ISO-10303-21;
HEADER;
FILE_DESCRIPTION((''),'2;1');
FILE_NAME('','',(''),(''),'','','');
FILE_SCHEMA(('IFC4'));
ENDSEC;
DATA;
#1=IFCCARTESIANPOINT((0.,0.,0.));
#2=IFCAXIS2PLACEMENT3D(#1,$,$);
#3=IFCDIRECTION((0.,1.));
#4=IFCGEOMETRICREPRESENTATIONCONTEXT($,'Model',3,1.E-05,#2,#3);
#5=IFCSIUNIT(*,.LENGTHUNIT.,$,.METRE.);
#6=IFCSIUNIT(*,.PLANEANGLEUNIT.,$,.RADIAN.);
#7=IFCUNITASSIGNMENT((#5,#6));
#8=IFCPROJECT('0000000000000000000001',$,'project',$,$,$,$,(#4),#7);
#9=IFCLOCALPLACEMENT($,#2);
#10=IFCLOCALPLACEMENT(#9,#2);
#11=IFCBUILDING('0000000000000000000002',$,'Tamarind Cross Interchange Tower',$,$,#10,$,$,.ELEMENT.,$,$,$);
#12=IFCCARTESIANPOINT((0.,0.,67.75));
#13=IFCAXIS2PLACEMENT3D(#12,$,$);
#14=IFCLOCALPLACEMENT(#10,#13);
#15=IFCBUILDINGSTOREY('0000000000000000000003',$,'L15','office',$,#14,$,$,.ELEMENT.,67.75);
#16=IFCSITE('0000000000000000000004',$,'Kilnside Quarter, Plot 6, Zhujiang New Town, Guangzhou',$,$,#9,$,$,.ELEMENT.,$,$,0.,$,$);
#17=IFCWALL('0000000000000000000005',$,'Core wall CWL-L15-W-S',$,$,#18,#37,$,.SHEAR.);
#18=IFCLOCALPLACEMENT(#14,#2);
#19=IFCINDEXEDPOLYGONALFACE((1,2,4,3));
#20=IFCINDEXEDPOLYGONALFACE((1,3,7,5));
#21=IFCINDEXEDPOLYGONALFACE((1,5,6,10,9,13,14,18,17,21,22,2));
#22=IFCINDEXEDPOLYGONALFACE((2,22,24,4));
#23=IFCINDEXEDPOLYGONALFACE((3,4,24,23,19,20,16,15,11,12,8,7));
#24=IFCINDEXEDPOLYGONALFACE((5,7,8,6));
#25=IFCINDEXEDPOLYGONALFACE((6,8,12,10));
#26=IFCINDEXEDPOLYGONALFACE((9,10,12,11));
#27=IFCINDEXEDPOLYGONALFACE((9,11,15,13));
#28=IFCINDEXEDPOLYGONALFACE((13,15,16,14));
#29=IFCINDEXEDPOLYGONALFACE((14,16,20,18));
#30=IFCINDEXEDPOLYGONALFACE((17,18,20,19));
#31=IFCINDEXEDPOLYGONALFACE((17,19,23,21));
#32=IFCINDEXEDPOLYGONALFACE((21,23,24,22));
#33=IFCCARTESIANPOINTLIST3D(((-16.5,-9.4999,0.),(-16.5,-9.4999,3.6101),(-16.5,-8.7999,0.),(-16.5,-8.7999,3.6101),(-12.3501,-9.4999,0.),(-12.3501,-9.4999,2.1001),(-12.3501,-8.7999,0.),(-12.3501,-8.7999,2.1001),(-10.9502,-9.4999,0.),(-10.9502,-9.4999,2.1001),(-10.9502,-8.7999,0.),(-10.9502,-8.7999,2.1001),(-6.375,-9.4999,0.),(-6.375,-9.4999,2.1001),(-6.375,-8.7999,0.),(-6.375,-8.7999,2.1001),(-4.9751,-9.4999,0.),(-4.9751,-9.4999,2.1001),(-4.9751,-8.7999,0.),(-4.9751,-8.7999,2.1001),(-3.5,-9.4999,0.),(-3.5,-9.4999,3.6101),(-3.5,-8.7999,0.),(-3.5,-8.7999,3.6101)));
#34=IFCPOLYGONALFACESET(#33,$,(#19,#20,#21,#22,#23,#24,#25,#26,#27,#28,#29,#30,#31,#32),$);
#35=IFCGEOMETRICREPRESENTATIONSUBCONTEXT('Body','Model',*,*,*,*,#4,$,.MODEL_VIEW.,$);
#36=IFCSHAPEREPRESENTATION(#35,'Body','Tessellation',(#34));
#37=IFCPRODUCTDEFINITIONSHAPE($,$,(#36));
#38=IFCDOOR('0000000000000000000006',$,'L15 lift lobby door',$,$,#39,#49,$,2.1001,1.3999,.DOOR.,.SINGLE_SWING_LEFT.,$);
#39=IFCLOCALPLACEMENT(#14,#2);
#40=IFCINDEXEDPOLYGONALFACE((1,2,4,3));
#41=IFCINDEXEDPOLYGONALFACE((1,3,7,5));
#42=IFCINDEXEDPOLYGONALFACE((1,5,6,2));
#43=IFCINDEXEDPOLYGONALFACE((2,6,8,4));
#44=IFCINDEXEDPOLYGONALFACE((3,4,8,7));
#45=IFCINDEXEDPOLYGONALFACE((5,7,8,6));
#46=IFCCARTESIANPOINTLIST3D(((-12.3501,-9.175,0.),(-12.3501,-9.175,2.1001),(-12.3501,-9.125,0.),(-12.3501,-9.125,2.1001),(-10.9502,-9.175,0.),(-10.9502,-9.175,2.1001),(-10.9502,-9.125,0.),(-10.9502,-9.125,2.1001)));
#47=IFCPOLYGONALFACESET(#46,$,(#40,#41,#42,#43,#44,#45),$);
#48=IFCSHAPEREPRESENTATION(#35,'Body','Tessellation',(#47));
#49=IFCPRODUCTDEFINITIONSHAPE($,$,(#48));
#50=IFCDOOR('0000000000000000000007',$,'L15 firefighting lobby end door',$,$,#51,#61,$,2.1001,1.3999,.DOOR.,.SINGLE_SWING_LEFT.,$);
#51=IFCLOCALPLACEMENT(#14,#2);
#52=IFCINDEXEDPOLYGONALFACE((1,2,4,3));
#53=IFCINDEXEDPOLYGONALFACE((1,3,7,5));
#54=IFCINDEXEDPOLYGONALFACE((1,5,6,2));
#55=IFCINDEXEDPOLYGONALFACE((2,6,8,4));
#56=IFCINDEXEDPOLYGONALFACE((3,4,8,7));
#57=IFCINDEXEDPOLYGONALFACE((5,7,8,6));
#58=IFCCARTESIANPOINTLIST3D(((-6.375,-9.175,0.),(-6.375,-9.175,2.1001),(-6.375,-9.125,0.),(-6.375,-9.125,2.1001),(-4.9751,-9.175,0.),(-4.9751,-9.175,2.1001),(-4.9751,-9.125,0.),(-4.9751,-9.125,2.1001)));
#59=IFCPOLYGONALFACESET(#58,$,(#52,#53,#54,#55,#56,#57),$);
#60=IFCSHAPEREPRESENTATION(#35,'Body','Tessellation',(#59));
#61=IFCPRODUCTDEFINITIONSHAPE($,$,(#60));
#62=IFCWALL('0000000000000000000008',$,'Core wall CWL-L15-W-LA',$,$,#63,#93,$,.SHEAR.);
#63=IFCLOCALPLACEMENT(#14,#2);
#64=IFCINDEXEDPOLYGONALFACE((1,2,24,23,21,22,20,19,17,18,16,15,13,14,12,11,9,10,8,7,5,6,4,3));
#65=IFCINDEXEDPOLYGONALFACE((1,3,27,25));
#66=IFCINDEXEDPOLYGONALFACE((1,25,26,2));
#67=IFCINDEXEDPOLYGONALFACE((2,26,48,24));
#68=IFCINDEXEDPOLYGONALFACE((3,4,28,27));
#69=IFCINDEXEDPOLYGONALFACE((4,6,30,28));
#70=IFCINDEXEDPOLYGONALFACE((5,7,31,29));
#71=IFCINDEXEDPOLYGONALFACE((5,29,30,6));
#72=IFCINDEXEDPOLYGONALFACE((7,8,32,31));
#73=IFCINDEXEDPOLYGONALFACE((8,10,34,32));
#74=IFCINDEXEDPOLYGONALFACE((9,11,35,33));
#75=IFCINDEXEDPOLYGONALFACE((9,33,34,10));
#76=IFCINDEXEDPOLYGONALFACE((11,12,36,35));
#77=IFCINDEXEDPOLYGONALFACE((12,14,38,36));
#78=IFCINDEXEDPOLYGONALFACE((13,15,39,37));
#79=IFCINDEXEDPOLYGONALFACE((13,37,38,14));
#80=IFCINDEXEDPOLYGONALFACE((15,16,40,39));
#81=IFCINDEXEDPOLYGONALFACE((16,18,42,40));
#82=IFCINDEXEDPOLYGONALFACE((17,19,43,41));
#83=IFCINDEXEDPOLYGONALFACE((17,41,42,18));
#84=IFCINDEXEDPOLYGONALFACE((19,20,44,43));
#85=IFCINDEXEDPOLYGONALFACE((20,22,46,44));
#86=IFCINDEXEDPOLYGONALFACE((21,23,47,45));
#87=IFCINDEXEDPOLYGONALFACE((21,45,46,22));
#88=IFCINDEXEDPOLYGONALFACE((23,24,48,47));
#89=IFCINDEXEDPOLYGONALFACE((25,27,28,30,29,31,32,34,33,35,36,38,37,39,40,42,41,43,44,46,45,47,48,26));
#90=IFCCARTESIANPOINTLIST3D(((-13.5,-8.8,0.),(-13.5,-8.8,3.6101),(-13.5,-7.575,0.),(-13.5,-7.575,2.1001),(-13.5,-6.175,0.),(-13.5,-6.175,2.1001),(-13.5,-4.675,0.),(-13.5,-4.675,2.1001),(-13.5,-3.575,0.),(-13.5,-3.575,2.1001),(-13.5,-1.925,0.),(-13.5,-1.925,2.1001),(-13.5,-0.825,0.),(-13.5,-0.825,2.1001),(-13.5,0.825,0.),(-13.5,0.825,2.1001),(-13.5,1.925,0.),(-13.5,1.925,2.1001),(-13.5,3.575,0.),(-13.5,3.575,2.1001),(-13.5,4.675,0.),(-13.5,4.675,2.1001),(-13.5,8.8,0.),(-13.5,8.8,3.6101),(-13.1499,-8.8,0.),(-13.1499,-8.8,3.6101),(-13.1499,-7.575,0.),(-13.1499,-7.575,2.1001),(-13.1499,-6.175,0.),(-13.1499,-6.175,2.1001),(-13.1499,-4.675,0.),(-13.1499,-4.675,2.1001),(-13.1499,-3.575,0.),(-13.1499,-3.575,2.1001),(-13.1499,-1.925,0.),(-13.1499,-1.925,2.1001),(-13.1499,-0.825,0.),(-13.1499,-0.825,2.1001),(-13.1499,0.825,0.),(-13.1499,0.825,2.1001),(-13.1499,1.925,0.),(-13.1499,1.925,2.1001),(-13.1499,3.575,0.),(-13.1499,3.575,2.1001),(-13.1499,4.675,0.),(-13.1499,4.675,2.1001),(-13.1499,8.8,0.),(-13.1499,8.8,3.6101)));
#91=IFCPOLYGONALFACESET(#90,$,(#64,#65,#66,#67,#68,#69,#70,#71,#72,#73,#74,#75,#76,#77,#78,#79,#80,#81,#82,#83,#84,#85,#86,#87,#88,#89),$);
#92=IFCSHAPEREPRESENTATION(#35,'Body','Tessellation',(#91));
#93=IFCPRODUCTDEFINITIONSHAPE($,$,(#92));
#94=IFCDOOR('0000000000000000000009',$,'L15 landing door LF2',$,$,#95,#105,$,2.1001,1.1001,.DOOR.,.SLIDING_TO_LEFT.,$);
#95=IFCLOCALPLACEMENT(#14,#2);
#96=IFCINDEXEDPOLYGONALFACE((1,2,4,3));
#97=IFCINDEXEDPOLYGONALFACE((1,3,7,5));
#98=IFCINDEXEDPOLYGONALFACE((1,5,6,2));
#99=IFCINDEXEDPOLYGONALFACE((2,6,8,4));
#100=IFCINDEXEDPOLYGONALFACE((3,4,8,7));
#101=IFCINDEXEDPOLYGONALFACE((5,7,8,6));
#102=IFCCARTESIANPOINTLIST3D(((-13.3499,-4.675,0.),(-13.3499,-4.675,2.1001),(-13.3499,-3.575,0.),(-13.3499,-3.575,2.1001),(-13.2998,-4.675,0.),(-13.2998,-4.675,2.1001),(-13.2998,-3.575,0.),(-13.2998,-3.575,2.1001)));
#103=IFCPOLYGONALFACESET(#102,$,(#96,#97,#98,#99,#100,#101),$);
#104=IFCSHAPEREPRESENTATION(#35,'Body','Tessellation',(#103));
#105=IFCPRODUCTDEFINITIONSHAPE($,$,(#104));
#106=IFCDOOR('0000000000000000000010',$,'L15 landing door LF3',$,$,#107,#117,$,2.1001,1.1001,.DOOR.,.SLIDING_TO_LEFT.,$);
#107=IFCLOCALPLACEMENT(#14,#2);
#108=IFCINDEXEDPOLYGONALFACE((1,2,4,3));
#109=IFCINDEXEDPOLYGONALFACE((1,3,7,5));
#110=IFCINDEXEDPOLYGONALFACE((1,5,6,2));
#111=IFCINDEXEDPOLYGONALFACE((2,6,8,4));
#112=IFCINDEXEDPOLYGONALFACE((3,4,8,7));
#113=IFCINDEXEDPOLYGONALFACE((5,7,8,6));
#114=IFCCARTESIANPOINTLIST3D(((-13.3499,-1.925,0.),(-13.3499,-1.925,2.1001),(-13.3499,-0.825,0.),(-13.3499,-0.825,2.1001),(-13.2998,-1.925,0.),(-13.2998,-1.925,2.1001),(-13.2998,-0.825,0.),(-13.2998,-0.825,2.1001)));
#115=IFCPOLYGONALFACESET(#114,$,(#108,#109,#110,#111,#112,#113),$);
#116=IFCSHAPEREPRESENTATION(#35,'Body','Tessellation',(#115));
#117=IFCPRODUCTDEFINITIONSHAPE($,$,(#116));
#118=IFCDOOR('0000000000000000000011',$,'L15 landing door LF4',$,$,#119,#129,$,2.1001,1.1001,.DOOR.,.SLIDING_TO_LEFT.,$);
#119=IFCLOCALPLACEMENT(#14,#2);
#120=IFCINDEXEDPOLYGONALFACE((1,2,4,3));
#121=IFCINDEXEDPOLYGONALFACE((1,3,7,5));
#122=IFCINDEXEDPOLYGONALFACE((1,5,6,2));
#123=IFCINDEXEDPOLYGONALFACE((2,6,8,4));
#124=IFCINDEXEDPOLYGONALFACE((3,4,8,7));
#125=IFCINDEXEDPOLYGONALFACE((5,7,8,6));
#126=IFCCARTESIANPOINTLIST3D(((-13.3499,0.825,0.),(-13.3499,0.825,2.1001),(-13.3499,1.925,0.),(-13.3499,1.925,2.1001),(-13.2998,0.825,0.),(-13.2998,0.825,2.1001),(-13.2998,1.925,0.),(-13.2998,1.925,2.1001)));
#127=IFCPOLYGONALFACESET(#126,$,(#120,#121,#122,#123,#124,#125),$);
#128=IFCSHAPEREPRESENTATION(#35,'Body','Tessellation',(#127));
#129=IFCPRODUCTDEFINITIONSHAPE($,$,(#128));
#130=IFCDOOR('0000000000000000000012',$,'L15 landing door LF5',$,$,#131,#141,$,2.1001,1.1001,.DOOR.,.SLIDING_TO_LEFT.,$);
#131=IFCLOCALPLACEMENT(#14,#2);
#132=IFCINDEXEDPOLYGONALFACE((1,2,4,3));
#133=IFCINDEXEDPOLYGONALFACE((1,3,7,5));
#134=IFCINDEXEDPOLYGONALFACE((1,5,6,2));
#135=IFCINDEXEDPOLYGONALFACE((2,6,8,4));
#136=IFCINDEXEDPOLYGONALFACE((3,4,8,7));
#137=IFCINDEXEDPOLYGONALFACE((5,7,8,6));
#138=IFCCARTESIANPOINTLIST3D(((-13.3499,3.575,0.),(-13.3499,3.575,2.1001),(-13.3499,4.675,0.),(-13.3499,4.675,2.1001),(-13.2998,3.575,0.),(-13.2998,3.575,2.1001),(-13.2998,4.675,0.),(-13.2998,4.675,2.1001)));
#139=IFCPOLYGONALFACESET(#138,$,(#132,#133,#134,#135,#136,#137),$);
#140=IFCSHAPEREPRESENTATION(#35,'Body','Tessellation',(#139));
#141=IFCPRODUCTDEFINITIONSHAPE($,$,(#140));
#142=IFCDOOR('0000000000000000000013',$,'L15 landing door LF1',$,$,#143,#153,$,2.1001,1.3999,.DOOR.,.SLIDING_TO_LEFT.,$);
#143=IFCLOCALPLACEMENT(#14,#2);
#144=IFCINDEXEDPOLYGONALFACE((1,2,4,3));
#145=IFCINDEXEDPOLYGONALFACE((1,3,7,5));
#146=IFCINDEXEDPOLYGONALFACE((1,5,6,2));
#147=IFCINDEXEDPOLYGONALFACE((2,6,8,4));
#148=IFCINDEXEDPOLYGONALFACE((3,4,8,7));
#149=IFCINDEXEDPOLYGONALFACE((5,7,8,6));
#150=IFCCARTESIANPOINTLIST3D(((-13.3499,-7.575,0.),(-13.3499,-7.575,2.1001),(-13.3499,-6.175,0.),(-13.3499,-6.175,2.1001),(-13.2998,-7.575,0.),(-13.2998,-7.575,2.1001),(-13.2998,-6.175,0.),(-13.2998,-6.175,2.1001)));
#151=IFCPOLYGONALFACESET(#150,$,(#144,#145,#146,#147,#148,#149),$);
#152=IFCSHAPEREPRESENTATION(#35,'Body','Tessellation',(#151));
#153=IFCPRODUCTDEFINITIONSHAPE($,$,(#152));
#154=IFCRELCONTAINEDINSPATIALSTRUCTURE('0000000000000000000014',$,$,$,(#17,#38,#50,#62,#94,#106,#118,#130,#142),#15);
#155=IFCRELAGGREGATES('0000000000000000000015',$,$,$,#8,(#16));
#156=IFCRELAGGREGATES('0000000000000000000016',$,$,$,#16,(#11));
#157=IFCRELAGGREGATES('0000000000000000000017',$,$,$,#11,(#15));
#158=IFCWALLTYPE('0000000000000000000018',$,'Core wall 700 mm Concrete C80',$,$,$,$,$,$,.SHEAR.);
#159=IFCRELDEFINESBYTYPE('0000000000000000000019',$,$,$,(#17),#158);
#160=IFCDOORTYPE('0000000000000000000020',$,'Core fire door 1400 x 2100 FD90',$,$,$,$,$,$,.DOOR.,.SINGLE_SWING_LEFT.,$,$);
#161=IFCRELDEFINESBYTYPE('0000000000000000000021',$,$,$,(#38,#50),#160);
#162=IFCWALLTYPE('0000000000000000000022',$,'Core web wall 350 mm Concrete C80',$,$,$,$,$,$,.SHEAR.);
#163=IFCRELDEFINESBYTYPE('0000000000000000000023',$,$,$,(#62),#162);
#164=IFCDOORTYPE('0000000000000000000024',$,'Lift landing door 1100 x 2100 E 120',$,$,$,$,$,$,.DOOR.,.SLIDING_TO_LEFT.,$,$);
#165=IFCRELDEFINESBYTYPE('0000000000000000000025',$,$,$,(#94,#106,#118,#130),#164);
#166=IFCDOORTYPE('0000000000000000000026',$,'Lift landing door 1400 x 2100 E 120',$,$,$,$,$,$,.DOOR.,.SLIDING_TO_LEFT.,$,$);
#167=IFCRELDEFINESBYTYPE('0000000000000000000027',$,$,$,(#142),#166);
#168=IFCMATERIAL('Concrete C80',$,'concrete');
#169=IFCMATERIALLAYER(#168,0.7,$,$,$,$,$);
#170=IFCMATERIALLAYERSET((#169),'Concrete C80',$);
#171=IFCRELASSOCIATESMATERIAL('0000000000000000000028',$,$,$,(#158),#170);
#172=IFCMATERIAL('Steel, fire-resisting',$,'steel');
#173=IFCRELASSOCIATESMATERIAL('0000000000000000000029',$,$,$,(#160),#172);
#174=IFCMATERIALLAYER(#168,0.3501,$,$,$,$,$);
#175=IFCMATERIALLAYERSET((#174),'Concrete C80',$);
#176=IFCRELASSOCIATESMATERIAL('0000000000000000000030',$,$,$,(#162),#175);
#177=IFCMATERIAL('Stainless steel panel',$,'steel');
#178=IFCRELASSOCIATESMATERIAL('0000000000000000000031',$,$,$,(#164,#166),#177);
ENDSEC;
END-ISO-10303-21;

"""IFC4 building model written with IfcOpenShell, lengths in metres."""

from ifc_helpers import new_model, si_unit, direction, frame, frame_2d, origin, place, context, subcontext, project, spatial, rectangle, extrude, material, layer, layer_set, type_object, element, fill, save


model = new_model("IFC4")

# Units and contexts
model_context = context("Model", 3, precision=1e-05, world=origin(), true_north=direction((0.0, 1.0)))
body_context = subcontext(model_context, "Body", "Model", "MODEL_VIEW")
ifc_project = project(units=[si_unit("LENGTHUNIT", "METRE"), si_unit("PLANEANGLEUNIT", "RADIAN")], contexts=[model_context])

# Site, building, storey
site_placement = place(None, origin())
site = spatial("IfcSite", under=ifc_project, at=site_placement, Name="Kilnside Quarter, Plot 6, Zhujiang New Town, Guangzhou", CompositionType="ELEMENT", RefElevation=0.0)
building_placement = place(site_placement, origin())
building = spatial("IfcBuilding", under=site, at=building_placement, Name="Tamarind Cross Interchange Tower", CompositionType="ELEMENT")
storey_placement = place(building_placement, frame((0.0, 0.0, 67.75)))
storey = spatial("IfcBuildingStorey", under=building, at=storey_placement, Name="L15", Description="office", CompositionType="ELEMENT", Elevation=67.75)

# Walls, openings, doors
ifc_material_1 = material(Name="Concrete C80", Category="concrete")
ifc_layer_1 = layer(ifc_material_1, 0.7)
ifc_layer_set_1 = layer_set([ifc_layer_1], Name="Concrete C80")
wall_type_1 = type_object("IfcWallType", Name="Core wall 700 mm Concrete C80", PredefinedType="SHEAR", material=ifc_layer_set_1)
wall_1_placement = place(storey_placement, frame((-16.5, -9.1499, 0.0), z_axis=(0.0, 0.0, 1.0), x_axis=(1.0, 0.0, 0.0)))
wall_1 = element("IfcWall", 1, at=wall_1_placement, inside=storey, type_object=wall_type_1, Name="Core wall CWL-L15-W-S", PredefinedType="SHEAR", context=body_context, shape_type="SweptSolid", body=[
    extrude(rectangle(XDim=13.0, YDim=0.7, at=frame_2d((6.5, 0.0))), origin(), (0.0, 0.0, 1.0), 3.6101),
])
opening_1_placement = place(wall_1_placement, frame((4.1499, 0.0, 0.0)))
opening_1 = element("IfcOpeningElement", 2, at=opening_1_placement, cuts=wall_1, PredefinedType="OPENING", context=body_context, shape_type="SweptSolid", body=[
    extrude(rectangle(XDim=1.3999, YDim=2.1001, at=frame_2d((0.7, 1.05))), frame((0.0, 0.3599, 0.0), z_axis=(0.0, -1.0, 0.0), x_axis=(1.0, 0.0, 0.0)), (0.0, 0.0, 1.0), 0.72),
])
opening_2_placement = place(wall_1_placement, frame((10.125, 0.0, 0.0)))
opening_2 = element("IfcOpeningElement", 3, at=opening_2_placement, cuts=wall_1, PredefinedType="OPENING", context=body_context, shape_type="SweptSolid", body=[
    extrude(rectangle(XDim=1.3999, YDim=2.1001, at=frame_2d((0.7, 1.05))), frame((0.0, 0.3599, 0.0), z_axis=(0.0, -1.0, 0.0), x_axis=(1.0, 0.0, 0.0)), (0.0, 0.0, 1.0), 0.72),
])
ifc_material_2 = material(Name="Steel, fire-resisting", Category="steel")
door_type_1 = type_object("IfcDoorType", Name="Core fire door 1400 x 2100 FD90", OperationType="SINGLE_SWING_LEFT", PredefinedType="DOOR", material=ifc_material_2)
door_1_placement = place(opening_1_placement, origin())
door_1 = element("IfcDoor", 4, at=door_1_placement, inside=storey, type_object=door_type_1, Name="L15 lift lobby door", OperationType="SINGLE_SWING_LEFT", OverallHeight=2.1001, OverallWidth=1.3999, PredefinedType="DOOR", context=body_context, shape_type="SweptSolid", body=[
    extrude(rectangle(XDim=1.3999, YDim=2.1001, at=frame_2d((0.7, 1.05))), frame((0.0, 0.0249, 0.0), z_axis=(0.0, -1.0, 0.0), x_axis=(1.0, 0.0, 0.0)), (0.0, 0.0, 1.0), 0.05),
])
fill(opening_1, door_1)
door_2_placement = place(opening_2_placement, origin())
door_2 = element("IfcDoor", 5, at=door_2_placement, inside=storey, type_object=door_type_1, Name="L15 firefighting lobby end door", OperationType="SINGLE_SWING_LEFT", OverallHeight=2.1001, OverallWidth=1.3999, PredefinedType="DOOR", context=body_context, shape_type="SweptSolid", body=[
    extrude(rectangle(XDim=1.3999, YDim=2.1001, at=frame_2d((0.7, 1.05))), frame((0.0, 0.0249, 0.0), z_axis=(0.0, -1.0, 0.0), x_axis=(1.0, 0.0, 0.0)), (0.0, 0.0, 1.0), 0.05),
])
fill(opening_2, door_2)
ifc_layer_2 = layer(ifc_material_1, 0.3501)
ifc_layer_set_2 = layer_set([ifc_layer_2], Name="Concrete C80")
wall_type_2 = type_object("IfcWallType", Name="Core web wall 350 mm Concrete C80", PredefinedType="SHEAR", material=ifc_layer_set_2)
wall_2_placement = place(storey_placement, frame((-13.325, -8.8, 0.0), z_axis=(0.0, 0.0, 1.0), x_axis=(0.0, 1.0, 0.0)))
wall_2 = element("IfcWall", 6, at=wall_2_placement, inside=storey, type_object=wall_type_2, Name="Core wall CWL-L15-W-LA", PredefinedType="SHEAR", context=body_context, shape_type="SweptSolid", body=[
    extrude(rectangle(XDim=17.6001, YDim=0.3501, at=frame_2d((8.8, 0.0))), origin(), (0.0, 0.0, 1.0), 3.6101),
])
opening_3_placement = place(wall_2_placement, frame((1.2251, 0.0, 0.0)))
opening_3 = element("IfcOpeningElement", 7, at=opening_3_placement, cuts=wall_2, PredefinedType="OPENING", context=body_context, shape_type="SweptSolid", body=[
    extrude(rectangle(XDim=1.3999, YDim=2.1001, at=frame_2d((0.7, 1.05))), frame((0.0, 0.1851, 0.0), z_axis=(0.0, -1.0, 0.0), x_axis=(1.0, 0.0, 0.0)), (0.0, 0.0, 1.0), 0.3701),
])
opening_4_placement = place(wall_2_placement, frame((4.125, 0.0, 0.0)))
opening_4 = element("IfcOpeningElement", 8, at=opening_4_placement, cuts=wall_2, PredefinedType="OPENING", context=body_context, shape_type="SweptSolid", body=[
    extrude(rectangle(XDim=1.1001, YDim=2.1001, at=frame_2d((0.55, 1.05))), frame((0.0, 0.1851, 0.0), z_axis=(0.0, -1.0, 0.0), x_axis=(1.0, 0.0, 0.0)), (0.0, 0.0, 1.0), 0.3701),
])
opening_5_placement = place(wall_2_placement, frame((6.875, 0.0, 0.0)))
opening_5 = element("IfcOpeningElement", 9, at=opening_5_placement, cuts=wall_2, PredefinedType="OPENING", context=body_context, shape_type="SweptSolid", body=[
    extrude(rectangle(XDim=1.1001, YDim=2.1001, at=frame_2d((0.55, 1.05))), frame((0.0, 0.1851, 0.0), z_axis=(0.0, -1.0, 0.0), x_axis=(1.0, 0.0, 0.0)), (0.0, 0.0, 1.0), 0.3701),
])
opening_6_placement = place(wall_2_placement, frame((9.625, 0.0, 0.0)))
opening_6 = element("IfcOpeningElement", 10, at=opening_6_placement, cuts=wall_2, PredefinedType="OPENING", context=body_context, shape_type="SweptSolid", body=[
    extrude(rectangle(XDim=1.1001, YDim=2.1001, at=frame_2d((0.55, 1.05))), frame((0.0, 0.1851, 0.0), z_axis=(0.0, -1.0, 0.0), x_axis=(1.0, 0.0, 0.0)), (0.0, 0.0, 1.0), 0.3701),
])
opening_7_placement = place(wall_2_placement, frame((12.375, 0.0, 0.0)))
opening_7 = element("IfcOpeningElement", 11, at=opening_7_placement, cuts=wall_2, PredefinedType="OPENING", context=body_context, shape_type="SweptSolid", body=[
    extrude(rectangle(XDim=1.1001, YDim=2.1001, at=frame_2d((0.55, 1.05))), frame((0.0, 0.1851, 0.0), z_axis=(0.0, -1.0, 0.0), x_axis=(1.0, 0.0, 0.0)), (0.0, 0.0, 1.0), 0.3701),
])
ifc_material_3 = material(Name="Stainless steel panel", Category="steel")
door_type_2 = type_object("IfcDoorType", Name="Lift landing door 1100 x 2100 E 120", OperationType="SLIDING_TO_LEFT", PredefinedType="DOOR", material=ifc_material_3)
door_3_placement = place(opening_4_placement, origin())
door_3 = element("IfcDoor", 12, at=door_3_placement, inside=storey, type_object=door_type_2, Name="L15 landing door LF2", OperationType="SLIDING_TO_LEFT", OverallHeight=2.1001, OverallWidth=1.1001, PredefinedType="DOOR", context=body_context, shape_type="SweptSolid", body=[
    extrude(rectangle(XDim=1.1001, YDim=2.1001, at=frame_2d((0.55, 1.05))), frame((0.0, 0.0249, 0.0), z_axis=(0.0, -1.0, 0.0), x_axis=(1.0, 0.0, 0.0)), (0.0, 0.0, 1.0), 0.05),
])
fill(opening_4, door_3)
door_4_placement = place(opening_5_placement, origin())
door_4 = element("IfcDoor", 13, at=door_4_placement, inside=storey, type_object=door_type_2, Name="L15 landing door LF3", OperationType="SLIDING_TO_LEFT", OverallHeight=2.1001, OverallWidth=1.1001, PredefinedType="DOOR", context=body_context, shape_type="SweptSolid", body=[
    extrude(rectangle(XDim=1.1001, YDim=2.1001, at=frame_2d((0.55, 1.05))), frame((0.0, 0.0249, 0.0), z_axis=(0.0, -1.0, 0.0), x_axis=(1.0, 0.0, 0.0)), (0.0, 0.0, 1.0), 0.05),
])
fill(opening_5, door_4)
door_5_placement = place(opening_6_placement, origin())
door_5 = element("IfcDoor", 14, at=door_5_placement, inside=storey, type_object=door_type_2, Name="L15 landing door LF4", OperationType="SLIDING_TO_LEFT", OverallHeight=2.1001, OverallWidth=1.1001, PredefinedType="DOOR", context=body_context, shape_type="SweptSolid", body=[
    extrude(rectangle(XDim=1.1001, YDim=2.1001, at=frame_2d((0.55, 1.05))), frame((0.0, 0.0249, 0.0), z_axis=(0.0, -1.0, 0.0), x_axis=(1.0, 0.0, 0.0)), (0.0, 0.0, 1.0), 0.05),
])
fill(opening_6, door_5)
door_6_placement = place(opening_7_placement, origin())
door_6 = element("IfcDoor", 15, at=door_6_placement, inside=storey, type_object=door_type_2, Name="L15 landing door LF5", OperationType="SLIDING_TO_LEFT", OverallHeight=2.1001, OverallWidth=1.1001, PredefinedType="DOOR", context=body_context, shape_type="SweptSolid", body=[
    extrude(rectangle(XDim=1.1001, YDim=2.1001, at=frame_2d((0.55, 1.05))), frame((0.0, 0.0249, 0.0), z_axis=(0.0, -1.0, 0.0), x_axis=(1.0, 0.0, 0.0)), (0.0, 0.0, 1.0), 0.05),
])
fill(opening_7, door_6)
door_type_3 = type_object("IfcDoorType", Name="Lift landing door 1400 x 2100 E 120", OperationType="SLIDING_TO_LEFT", PredefinedType="DOOR", material=ifc_material_3)
door_7_placement = place(opening_3_placement, origin())
door_7 = element("IfcDoor", 16, at=door_7_placement, inside=storey, type_object=door_type_3, Name="L15 landing door LF1", OperationType="SLIDING_TO_LEFT", OverallHeight=2.1001, OverallWidth=1.3999, PredefinedType="DOOR", context=body_context, shape_type="SweptSolid", body=[
    extrude(rectangle(XDim=1.3999, YDim=2.1001, at=frame_2d((0.7, 1.05))), frame((0.0, 0.0249, 0.0), z_axis=(0.0, -1.0, 0.0), x_axis=(1.0, 0.0, 0.0)), (0.0, 0.0, 1.0), 0.05),
])
fill(opening_3, door_7)

save(model, "model.ifc")
